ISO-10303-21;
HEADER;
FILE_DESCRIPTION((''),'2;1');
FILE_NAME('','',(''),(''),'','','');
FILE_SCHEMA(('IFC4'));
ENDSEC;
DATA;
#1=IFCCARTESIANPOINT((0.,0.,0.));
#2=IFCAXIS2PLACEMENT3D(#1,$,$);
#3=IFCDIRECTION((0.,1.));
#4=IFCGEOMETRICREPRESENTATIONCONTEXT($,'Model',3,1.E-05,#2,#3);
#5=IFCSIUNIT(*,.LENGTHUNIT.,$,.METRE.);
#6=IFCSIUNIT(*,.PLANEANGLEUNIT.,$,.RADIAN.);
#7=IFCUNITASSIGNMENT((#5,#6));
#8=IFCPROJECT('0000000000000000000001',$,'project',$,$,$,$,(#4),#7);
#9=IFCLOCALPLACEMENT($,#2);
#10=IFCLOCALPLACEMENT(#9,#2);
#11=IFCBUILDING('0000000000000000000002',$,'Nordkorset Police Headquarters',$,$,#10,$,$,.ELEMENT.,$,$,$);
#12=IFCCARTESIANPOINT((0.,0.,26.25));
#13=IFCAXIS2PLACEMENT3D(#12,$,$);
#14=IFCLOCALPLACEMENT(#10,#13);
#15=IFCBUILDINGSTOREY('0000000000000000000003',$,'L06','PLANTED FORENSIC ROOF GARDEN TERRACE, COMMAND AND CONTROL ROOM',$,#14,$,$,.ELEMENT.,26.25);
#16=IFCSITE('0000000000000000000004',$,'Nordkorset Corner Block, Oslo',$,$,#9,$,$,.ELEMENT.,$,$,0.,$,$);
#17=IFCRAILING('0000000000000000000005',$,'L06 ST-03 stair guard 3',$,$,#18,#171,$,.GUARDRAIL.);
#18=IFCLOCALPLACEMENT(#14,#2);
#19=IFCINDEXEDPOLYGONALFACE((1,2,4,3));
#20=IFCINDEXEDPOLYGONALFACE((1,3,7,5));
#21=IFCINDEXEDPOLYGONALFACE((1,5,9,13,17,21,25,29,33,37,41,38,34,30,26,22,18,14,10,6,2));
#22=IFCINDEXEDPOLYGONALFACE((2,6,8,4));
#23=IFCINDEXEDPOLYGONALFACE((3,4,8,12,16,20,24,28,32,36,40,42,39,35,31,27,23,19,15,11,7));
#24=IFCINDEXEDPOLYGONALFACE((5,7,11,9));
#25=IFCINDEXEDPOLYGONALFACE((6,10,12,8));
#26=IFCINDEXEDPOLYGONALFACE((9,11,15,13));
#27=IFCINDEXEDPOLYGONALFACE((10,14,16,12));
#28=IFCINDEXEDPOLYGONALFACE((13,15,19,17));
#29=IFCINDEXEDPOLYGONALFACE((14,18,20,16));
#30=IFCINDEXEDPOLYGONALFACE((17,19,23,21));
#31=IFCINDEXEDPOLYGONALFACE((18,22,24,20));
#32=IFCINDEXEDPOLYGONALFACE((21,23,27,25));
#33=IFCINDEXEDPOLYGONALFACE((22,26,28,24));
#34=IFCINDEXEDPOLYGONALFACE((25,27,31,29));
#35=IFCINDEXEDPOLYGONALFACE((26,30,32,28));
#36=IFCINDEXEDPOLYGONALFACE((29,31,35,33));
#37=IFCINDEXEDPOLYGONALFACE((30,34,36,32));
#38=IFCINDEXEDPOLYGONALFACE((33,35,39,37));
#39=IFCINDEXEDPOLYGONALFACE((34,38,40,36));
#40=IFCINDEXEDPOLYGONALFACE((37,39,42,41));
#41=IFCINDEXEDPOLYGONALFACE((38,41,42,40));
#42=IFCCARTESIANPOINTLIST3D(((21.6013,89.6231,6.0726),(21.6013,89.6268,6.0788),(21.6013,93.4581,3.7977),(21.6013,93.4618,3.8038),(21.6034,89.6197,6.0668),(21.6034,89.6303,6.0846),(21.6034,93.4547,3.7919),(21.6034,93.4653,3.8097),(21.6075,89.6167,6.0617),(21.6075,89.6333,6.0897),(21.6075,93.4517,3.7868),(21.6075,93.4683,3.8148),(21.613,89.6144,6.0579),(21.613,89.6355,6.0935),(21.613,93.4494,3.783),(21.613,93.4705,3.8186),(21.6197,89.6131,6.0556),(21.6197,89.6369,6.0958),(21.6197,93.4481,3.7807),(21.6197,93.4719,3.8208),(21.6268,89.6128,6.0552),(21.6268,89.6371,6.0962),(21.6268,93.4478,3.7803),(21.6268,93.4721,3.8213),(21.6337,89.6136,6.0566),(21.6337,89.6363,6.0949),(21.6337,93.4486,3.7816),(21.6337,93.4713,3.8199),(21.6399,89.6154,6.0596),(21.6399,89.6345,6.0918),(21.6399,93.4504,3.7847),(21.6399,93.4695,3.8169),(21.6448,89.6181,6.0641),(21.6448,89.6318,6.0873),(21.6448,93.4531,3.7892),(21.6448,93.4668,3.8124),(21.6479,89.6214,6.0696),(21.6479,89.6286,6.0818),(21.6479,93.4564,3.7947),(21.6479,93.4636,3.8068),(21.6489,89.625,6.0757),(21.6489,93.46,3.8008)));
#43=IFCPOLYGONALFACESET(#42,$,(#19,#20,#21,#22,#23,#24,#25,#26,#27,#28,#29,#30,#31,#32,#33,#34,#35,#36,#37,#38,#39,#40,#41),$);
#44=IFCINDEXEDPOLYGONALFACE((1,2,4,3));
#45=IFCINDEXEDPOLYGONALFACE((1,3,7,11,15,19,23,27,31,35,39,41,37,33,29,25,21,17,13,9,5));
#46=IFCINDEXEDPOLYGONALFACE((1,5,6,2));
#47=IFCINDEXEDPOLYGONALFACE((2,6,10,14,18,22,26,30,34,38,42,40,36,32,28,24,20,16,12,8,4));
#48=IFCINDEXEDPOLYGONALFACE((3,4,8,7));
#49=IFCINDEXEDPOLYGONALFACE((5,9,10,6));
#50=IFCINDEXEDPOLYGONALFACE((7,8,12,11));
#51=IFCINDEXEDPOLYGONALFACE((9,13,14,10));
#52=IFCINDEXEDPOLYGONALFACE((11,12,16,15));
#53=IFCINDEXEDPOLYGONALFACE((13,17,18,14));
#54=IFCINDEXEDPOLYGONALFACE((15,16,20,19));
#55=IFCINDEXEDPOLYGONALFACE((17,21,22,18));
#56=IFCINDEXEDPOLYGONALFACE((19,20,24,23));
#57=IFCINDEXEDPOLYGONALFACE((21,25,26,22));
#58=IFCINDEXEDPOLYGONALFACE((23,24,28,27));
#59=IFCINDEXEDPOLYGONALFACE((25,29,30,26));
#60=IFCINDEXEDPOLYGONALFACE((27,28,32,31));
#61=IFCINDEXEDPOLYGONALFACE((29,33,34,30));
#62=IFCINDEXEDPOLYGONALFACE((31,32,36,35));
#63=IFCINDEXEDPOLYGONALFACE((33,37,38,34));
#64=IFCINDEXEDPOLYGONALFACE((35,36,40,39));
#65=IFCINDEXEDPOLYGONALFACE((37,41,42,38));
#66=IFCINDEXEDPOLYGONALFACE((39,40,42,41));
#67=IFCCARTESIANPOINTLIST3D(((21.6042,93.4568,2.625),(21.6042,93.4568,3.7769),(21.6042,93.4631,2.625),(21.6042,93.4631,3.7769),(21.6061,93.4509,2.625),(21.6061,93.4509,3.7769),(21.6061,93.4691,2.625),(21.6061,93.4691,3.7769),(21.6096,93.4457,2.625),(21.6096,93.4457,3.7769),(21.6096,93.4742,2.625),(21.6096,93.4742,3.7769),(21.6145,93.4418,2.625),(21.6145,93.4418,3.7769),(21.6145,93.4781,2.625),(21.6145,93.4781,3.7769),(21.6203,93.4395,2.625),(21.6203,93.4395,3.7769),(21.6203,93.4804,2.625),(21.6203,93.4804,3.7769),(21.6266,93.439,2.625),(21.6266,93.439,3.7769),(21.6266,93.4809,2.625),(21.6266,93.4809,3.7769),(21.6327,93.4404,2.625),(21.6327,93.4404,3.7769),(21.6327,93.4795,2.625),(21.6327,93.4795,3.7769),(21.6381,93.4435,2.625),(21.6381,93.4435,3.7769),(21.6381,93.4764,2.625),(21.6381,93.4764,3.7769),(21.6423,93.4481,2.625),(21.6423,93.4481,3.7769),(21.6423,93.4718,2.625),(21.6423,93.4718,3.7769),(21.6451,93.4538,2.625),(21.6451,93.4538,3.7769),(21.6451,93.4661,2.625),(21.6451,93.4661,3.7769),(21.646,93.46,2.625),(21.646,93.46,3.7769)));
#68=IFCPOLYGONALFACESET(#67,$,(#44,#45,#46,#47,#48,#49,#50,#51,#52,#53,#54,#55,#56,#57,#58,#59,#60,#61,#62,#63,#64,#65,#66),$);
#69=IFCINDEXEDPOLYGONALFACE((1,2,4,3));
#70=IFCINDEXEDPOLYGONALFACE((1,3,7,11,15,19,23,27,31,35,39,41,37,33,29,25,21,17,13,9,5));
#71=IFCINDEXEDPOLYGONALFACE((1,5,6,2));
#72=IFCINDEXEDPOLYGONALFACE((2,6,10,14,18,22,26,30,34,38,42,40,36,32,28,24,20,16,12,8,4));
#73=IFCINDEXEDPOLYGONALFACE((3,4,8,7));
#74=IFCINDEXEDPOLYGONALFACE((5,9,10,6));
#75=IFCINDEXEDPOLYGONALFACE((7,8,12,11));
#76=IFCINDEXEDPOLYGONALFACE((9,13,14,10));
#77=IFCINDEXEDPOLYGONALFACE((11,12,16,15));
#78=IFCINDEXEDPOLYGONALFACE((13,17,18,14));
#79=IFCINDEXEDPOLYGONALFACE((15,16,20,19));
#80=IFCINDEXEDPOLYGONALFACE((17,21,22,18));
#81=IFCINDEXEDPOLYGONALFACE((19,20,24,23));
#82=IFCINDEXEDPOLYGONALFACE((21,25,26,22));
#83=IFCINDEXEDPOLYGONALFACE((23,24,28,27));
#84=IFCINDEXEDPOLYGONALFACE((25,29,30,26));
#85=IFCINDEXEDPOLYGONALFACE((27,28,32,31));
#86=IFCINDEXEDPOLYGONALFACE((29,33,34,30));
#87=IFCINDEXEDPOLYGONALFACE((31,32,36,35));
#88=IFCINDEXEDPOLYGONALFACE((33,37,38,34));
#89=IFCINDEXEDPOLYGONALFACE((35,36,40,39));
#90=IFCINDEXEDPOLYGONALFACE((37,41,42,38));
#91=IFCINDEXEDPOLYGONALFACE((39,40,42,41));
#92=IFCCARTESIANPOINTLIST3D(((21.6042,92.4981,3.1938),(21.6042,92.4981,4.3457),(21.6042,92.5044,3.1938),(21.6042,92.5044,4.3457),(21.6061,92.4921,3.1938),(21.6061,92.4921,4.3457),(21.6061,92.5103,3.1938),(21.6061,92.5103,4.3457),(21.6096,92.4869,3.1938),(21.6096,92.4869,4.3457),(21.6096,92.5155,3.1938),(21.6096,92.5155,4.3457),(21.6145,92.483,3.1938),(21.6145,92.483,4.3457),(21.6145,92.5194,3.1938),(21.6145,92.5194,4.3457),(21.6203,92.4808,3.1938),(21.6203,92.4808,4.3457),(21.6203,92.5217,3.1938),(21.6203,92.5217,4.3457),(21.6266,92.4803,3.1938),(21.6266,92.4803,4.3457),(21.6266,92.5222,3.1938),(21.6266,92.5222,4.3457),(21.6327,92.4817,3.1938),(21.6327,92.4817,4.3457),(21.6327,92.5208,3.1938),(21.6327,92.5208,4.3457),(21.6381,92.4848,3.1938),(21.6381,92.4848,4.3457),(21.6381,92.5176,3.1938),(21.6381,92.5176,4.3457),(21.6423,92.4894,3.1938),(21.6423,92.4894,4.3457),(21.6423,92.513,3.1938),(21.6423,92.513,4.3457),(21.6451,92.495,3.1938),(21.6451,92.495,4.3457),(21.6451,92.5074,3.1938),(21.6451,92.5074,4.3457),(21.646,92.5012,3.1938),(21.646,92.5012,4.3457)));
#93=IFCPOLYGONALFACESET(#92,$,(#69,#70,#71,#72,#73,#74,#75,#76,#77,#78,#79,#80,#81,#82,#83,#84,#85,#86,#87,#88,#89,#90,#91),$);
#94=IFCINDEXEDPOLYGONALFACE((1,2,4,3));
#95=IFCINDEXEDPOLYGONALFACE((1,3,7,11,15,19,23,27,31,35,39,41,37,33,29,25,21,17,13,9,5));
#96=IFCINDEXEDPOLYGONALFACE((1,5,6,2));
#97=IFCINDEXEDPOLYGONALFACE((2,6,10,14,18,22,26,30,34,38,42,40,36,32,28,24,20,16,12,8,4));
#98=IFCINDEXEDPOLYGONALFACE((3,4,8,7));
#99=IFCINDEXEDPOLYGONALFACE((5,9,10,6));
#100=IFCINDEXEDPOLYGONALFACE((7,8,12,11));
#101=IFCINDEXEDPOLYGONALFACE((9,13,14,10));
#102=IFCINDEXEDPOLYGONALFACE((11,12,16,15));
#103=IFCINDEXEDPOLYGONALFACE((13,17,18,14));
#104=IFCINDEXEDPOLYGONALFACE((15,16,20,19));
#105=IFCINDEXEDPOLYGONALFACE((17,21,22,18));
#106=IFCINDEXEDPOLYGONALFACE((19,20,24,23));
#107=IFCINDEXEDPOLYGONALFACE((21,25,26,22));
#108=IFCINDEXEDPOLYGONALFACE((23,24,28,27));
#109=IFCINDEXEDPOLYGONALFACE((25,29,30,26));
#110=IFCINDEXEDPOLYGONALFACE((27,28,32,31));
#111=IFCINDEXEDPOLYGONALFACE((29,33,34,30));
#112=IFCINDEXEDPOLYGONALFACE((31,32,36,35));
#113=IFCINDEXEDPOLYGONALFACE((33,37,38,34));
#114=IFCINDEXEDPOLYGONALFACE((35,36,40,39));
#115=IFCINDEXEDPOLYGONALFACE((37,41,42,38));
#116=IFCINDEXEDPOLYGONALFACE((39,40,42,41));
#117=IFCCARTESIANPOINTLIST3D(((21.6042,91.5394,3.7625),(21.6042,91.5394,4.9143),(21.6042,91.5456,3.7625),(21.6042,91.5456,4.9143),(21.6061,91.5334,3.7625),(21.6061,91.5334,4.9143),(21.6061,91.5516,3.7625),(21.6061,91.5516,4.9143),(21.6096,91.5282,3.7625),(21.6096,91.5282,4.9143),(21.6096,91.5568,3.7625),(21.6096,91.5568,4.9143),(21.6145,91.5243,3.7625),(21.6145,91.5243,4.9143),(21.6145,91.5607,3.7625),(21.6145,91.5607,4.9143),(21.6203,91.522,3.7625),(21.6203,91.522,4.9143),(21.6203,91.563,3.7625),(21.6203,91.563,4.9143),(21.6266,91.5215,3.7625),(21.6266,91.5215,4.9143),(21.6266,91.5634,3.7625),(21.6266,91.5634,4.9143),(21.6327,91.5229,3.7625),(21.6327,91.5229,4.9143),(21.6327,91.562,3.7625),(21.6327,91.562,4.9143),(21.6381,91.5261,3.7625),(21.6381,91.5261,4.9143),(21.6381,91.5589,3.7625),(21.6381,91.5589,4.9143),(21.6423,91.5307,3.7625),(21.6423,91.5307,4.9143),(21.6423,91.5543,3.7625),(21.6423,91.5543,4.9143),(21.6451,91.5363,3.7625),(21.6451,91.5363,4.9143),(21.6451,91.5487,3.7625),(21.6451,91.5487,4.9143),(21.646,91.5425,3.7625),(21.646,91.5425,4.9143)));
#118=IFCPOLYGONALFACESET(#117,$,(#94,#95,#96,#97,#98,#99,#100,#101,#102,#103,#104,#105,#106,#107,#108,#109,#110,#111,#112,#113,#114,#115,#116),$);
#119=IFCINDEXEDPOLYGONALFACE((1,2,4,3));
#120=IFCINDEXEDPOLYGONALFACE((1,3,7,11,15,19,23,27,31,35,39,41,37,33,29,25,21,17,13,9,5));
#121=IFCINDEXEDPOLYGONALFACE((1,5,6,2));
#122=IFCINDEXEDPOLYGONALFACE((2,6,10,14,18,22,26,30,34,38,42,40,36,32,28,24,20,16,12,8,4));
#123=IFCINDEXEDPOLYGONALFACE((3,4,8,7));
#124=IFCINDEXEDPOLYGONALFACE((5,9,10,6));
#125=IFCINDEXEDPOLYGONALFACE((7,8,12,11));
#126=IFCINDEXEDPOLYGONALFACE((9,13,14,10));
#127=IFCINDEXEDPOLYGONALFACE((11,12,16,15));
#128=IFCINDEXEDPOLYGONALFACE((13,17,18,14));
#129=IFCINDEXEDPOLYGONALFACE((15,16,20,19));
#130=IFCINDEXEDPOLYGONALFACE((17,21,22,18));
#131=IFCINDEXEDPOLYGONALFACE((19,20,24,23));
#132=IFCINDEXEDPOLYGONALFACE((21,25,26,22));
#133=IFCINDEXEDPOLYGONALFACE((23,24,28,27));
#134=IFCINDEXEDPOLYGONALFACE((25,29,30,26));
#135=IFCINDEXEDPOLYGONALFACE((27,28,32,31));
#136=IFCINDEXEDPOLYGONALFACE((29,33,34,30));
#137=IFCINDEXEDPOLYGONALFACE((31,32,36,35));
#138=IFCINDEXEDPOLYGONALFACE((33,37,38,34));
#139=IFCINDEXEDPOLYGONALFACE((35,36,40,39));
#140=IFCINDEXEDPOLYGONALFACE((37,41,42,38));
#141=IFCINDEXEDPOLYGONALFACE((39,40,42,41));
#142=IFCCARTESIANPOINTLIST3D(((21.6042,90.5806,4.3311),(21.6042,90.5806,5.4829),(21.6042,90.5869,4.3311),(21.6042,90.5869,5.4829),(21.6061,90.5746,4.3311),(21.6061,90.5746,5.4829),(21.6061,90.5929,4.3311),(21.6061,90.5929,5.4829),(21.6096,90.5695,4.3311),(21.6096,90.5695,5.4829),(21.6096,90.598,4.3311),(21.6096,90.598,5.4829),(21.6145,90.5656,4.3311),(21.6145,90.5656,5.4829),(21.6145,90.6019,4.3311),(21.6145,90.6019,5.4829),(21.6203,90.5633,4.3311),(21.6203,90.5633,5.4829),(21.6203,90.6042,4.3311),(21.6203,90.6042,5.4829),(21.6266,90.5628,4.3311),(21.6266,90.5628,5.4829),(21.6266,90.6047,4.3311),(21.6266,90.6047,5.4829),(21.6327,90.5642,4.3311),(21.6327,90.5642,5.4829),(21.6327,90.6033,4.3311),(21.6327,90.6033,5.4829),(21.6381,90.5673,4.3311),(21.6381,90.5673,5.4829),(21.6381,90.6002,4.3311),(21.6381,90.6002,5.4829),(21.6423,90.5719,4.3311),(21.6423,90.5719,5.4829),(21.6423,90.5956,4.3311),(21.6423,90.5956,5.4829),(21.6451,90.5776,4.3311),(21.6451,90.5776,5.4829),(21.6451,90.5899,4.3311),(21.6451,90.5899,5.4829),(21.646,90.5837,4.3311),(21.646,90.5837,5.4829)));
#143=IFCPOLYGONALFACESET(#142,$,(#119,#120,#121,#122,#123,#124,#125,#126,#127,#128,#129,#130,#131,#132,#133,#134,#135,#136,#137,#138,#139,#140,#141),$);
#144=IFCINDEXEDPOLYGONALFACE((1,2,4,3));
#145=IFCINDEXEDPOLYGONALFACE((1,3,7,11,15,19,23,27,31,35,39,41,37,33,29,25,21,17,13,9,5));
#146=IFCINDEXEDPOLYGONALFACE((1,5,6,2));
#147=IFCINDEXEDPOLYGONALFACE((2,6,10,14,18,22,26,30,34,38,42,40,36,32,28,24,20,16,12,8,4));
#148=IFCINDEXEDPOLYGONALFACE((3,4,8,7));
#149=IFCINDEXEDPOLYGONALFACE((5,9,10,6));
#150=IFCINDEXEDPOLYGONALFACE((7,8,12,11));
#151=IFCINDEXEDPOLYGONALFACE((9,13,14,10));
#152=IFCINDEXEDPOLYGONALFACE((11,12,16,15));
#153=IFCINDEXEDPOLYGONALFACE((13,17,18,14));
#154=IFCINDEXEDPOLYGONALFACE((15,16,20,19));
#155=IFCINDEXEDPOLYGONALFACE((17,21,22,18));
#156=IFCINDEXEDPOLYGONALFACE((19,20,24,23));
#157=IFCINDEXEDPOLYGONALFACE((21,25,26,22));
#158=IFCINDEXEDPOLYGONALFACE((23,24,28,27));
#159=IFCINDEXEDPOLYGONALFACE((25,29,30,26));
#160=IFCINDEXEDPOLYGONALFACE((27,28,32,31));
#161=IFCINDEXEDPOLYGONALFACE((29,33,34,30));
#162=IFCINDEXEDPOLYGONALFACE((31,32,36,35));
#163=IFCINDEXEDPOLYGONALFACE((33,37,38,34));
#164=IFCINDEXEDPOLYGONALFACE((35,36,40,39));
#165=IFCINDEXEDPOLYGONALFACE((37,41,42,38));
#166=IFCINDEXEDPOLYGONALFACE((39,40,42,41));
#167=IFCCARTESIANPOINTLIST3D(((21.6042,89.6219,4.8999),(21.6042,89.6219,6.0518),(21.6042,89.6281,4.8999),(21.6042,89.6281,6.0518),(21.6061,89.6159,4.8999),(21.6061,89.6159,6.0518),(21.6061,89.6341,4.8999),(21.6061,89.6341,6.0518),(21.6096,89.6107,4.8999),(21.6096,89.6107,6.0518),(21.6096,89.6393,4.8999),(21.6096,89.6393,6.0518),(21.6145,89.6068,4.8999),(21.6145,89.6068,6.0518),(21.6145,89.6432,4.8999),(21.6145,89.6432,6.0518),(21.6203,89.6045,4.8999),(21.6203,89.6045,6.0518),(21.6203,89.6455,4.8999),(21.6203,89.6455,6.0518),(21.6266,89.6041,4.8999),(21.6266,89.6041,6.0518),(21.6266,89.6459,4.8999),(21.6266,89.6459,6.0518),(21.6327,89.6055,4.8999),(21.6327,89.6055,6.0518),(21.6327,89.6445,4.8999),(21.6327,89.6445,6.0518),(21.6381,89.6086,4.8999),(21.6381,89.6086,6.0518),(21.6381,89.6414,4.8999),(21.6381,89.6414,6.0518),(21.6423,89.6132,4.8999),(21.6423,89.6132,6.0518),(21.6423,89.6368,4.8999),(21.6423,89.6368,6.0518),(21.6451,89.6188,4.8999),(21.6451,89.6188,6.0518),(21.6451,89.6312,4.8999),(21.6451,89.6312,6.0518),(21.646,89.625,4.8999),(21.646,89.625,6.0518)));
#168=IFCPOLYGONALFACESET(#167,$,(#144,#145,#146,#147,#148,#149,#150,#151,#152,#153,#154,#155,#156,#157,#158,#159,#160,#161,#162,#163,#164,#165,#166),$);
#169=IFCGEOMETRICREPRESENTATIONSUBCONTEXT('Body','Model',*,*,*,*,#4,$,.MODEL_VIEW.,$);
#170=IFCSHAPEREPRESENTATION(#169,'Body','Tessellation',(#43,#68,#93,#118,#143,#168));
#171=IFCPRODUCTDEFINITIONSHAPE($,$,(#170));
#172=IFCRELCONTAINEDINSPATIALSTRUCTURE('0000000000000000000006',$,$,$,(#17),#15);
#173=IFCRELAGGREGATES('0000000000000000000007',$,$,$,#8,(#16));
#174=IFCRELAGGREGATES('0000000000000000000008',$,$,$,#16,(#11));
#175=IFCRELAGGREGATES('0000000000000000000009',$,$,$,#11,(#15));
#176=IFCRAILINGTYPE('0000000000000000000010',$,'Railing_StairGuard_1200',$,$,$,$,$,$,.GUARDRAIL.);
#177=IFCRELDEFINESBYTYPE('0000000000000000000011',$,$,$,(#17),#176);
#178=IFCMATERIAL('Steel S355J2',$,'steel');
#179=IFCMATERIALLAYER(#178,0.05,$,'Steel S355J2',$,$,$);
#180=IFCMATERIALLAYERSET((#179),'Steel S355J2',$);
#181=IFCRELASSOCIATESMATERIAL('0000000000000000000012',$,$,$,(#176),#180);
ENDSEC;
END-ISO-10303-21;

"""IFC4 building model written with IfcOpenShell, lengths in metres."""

from ifc_helpers import new_model, si_unit, direction, frame, origin, origin_2d, place, context, subcontext, project, spatial, circle, extrude, material, layer, layer_set, type_object, element, save


model = new_model("IFC4")

# Units and contexts
model_context = context("Model", 3, precision=1e-05, world=origin(), true_north=direction((0.0, 1.0)))
body_context = subcontext(model_context, "Body", "Model", "MODEL_VIEW")
ifc_project = project(units=[si_unit("LENGTHUNIT", "METRE"), si_unit("PLANEANGLEUNIT", "RADIAN")], contexts=[model_context])

# Site, building, storey
site_placement = place(None, origin())
site = spatial("IfcSite", under=ifc_project, at=site_placement, Name="Nordkorset Corner Block, Oslo", CompositionType="ELEMENT", RefElevation=0.0)
building_placement = place(site_placement, origin())
building = spatial("IfcBuilding", under=site, at=building_placement, Name="Nordkorset Police Headquarters", CompositionType="ELEMENT")
storey_placement = place(building_placement, frame((0.0, 0.0, 26.25)))
storey = spatial("IfcBuildingStorey", under=building, at=storey_placement, Name="L06", Description="PLANTED FORENSIC ROOF GARDEN TERRACE, COMMAND AND CONTROL ROOM", CompositionType="ELEMENT", Elevation=26.25)

# Railing
ifc_material_1 = material(Name="Steel S355J2", Category="steel")
ifc_layer_1 = layer(ifc_material_1, 0.05, Name="Steel S355J2")
ifc_layer_set_1 = layer_set([ifc_layer_1], Name="Steel S355J2")
railing_type_1 = type_object("IfcRailingType", Name="Railing_StairGuard_1200", PredefinedType="GUARDRAIL", material=ifc_layer_set_1)
railing_1_placement = place(storey_placement, frame((21.625, 93.46, 2.625)))
element("IfcRailing", 1, at=railing_1_placement, inside=storey, type_object=railing_type_1, Name="L06 ST-03 stair guard 3", PredefinedType="GUARDRAIL", context=body_context, shape_type="SweptSolid", body=[
    extrude(circle(Radius=0.0239, at=origin_2d()), frame((0.0, 0.0, 1.1758), z_axis=(0.0, -0.860062, 0.51019), x_axis=(1.0, 0.0, 0.0)), (0.0, 0.0, 1.0), 4.459),
    extrude(circle(Radius=0.021, at=origin_2d()), origin(), (0.0, 0.0, 1.0), 1.1519),
    extrude(circle(Radius=0.021, at=origin_2d()), frame((0.0, -0.9587, 0.5688)), (0.0, 0.0, 1.0), 1.1519),
    extrude(circle(Radius=0.021, at=origin_2d()), frame((0.0, -1.9175, 1.1375)), (0.0, 0.0, 1.0), 1.1519),
    extrude(circle(Radius=0.021, at=origin_2d()), frame((0.0, -2.8762, 1.7061)), (0.0, 0.0, 1.0), 1.1519),
    extrude(circle(Radius=0.021, at=origin_2d()), frame((0.0, -3.835, 2.2749)), (0.0, 0.0, 1.0), 1.1519),
])

save(model, "model.ifc")
